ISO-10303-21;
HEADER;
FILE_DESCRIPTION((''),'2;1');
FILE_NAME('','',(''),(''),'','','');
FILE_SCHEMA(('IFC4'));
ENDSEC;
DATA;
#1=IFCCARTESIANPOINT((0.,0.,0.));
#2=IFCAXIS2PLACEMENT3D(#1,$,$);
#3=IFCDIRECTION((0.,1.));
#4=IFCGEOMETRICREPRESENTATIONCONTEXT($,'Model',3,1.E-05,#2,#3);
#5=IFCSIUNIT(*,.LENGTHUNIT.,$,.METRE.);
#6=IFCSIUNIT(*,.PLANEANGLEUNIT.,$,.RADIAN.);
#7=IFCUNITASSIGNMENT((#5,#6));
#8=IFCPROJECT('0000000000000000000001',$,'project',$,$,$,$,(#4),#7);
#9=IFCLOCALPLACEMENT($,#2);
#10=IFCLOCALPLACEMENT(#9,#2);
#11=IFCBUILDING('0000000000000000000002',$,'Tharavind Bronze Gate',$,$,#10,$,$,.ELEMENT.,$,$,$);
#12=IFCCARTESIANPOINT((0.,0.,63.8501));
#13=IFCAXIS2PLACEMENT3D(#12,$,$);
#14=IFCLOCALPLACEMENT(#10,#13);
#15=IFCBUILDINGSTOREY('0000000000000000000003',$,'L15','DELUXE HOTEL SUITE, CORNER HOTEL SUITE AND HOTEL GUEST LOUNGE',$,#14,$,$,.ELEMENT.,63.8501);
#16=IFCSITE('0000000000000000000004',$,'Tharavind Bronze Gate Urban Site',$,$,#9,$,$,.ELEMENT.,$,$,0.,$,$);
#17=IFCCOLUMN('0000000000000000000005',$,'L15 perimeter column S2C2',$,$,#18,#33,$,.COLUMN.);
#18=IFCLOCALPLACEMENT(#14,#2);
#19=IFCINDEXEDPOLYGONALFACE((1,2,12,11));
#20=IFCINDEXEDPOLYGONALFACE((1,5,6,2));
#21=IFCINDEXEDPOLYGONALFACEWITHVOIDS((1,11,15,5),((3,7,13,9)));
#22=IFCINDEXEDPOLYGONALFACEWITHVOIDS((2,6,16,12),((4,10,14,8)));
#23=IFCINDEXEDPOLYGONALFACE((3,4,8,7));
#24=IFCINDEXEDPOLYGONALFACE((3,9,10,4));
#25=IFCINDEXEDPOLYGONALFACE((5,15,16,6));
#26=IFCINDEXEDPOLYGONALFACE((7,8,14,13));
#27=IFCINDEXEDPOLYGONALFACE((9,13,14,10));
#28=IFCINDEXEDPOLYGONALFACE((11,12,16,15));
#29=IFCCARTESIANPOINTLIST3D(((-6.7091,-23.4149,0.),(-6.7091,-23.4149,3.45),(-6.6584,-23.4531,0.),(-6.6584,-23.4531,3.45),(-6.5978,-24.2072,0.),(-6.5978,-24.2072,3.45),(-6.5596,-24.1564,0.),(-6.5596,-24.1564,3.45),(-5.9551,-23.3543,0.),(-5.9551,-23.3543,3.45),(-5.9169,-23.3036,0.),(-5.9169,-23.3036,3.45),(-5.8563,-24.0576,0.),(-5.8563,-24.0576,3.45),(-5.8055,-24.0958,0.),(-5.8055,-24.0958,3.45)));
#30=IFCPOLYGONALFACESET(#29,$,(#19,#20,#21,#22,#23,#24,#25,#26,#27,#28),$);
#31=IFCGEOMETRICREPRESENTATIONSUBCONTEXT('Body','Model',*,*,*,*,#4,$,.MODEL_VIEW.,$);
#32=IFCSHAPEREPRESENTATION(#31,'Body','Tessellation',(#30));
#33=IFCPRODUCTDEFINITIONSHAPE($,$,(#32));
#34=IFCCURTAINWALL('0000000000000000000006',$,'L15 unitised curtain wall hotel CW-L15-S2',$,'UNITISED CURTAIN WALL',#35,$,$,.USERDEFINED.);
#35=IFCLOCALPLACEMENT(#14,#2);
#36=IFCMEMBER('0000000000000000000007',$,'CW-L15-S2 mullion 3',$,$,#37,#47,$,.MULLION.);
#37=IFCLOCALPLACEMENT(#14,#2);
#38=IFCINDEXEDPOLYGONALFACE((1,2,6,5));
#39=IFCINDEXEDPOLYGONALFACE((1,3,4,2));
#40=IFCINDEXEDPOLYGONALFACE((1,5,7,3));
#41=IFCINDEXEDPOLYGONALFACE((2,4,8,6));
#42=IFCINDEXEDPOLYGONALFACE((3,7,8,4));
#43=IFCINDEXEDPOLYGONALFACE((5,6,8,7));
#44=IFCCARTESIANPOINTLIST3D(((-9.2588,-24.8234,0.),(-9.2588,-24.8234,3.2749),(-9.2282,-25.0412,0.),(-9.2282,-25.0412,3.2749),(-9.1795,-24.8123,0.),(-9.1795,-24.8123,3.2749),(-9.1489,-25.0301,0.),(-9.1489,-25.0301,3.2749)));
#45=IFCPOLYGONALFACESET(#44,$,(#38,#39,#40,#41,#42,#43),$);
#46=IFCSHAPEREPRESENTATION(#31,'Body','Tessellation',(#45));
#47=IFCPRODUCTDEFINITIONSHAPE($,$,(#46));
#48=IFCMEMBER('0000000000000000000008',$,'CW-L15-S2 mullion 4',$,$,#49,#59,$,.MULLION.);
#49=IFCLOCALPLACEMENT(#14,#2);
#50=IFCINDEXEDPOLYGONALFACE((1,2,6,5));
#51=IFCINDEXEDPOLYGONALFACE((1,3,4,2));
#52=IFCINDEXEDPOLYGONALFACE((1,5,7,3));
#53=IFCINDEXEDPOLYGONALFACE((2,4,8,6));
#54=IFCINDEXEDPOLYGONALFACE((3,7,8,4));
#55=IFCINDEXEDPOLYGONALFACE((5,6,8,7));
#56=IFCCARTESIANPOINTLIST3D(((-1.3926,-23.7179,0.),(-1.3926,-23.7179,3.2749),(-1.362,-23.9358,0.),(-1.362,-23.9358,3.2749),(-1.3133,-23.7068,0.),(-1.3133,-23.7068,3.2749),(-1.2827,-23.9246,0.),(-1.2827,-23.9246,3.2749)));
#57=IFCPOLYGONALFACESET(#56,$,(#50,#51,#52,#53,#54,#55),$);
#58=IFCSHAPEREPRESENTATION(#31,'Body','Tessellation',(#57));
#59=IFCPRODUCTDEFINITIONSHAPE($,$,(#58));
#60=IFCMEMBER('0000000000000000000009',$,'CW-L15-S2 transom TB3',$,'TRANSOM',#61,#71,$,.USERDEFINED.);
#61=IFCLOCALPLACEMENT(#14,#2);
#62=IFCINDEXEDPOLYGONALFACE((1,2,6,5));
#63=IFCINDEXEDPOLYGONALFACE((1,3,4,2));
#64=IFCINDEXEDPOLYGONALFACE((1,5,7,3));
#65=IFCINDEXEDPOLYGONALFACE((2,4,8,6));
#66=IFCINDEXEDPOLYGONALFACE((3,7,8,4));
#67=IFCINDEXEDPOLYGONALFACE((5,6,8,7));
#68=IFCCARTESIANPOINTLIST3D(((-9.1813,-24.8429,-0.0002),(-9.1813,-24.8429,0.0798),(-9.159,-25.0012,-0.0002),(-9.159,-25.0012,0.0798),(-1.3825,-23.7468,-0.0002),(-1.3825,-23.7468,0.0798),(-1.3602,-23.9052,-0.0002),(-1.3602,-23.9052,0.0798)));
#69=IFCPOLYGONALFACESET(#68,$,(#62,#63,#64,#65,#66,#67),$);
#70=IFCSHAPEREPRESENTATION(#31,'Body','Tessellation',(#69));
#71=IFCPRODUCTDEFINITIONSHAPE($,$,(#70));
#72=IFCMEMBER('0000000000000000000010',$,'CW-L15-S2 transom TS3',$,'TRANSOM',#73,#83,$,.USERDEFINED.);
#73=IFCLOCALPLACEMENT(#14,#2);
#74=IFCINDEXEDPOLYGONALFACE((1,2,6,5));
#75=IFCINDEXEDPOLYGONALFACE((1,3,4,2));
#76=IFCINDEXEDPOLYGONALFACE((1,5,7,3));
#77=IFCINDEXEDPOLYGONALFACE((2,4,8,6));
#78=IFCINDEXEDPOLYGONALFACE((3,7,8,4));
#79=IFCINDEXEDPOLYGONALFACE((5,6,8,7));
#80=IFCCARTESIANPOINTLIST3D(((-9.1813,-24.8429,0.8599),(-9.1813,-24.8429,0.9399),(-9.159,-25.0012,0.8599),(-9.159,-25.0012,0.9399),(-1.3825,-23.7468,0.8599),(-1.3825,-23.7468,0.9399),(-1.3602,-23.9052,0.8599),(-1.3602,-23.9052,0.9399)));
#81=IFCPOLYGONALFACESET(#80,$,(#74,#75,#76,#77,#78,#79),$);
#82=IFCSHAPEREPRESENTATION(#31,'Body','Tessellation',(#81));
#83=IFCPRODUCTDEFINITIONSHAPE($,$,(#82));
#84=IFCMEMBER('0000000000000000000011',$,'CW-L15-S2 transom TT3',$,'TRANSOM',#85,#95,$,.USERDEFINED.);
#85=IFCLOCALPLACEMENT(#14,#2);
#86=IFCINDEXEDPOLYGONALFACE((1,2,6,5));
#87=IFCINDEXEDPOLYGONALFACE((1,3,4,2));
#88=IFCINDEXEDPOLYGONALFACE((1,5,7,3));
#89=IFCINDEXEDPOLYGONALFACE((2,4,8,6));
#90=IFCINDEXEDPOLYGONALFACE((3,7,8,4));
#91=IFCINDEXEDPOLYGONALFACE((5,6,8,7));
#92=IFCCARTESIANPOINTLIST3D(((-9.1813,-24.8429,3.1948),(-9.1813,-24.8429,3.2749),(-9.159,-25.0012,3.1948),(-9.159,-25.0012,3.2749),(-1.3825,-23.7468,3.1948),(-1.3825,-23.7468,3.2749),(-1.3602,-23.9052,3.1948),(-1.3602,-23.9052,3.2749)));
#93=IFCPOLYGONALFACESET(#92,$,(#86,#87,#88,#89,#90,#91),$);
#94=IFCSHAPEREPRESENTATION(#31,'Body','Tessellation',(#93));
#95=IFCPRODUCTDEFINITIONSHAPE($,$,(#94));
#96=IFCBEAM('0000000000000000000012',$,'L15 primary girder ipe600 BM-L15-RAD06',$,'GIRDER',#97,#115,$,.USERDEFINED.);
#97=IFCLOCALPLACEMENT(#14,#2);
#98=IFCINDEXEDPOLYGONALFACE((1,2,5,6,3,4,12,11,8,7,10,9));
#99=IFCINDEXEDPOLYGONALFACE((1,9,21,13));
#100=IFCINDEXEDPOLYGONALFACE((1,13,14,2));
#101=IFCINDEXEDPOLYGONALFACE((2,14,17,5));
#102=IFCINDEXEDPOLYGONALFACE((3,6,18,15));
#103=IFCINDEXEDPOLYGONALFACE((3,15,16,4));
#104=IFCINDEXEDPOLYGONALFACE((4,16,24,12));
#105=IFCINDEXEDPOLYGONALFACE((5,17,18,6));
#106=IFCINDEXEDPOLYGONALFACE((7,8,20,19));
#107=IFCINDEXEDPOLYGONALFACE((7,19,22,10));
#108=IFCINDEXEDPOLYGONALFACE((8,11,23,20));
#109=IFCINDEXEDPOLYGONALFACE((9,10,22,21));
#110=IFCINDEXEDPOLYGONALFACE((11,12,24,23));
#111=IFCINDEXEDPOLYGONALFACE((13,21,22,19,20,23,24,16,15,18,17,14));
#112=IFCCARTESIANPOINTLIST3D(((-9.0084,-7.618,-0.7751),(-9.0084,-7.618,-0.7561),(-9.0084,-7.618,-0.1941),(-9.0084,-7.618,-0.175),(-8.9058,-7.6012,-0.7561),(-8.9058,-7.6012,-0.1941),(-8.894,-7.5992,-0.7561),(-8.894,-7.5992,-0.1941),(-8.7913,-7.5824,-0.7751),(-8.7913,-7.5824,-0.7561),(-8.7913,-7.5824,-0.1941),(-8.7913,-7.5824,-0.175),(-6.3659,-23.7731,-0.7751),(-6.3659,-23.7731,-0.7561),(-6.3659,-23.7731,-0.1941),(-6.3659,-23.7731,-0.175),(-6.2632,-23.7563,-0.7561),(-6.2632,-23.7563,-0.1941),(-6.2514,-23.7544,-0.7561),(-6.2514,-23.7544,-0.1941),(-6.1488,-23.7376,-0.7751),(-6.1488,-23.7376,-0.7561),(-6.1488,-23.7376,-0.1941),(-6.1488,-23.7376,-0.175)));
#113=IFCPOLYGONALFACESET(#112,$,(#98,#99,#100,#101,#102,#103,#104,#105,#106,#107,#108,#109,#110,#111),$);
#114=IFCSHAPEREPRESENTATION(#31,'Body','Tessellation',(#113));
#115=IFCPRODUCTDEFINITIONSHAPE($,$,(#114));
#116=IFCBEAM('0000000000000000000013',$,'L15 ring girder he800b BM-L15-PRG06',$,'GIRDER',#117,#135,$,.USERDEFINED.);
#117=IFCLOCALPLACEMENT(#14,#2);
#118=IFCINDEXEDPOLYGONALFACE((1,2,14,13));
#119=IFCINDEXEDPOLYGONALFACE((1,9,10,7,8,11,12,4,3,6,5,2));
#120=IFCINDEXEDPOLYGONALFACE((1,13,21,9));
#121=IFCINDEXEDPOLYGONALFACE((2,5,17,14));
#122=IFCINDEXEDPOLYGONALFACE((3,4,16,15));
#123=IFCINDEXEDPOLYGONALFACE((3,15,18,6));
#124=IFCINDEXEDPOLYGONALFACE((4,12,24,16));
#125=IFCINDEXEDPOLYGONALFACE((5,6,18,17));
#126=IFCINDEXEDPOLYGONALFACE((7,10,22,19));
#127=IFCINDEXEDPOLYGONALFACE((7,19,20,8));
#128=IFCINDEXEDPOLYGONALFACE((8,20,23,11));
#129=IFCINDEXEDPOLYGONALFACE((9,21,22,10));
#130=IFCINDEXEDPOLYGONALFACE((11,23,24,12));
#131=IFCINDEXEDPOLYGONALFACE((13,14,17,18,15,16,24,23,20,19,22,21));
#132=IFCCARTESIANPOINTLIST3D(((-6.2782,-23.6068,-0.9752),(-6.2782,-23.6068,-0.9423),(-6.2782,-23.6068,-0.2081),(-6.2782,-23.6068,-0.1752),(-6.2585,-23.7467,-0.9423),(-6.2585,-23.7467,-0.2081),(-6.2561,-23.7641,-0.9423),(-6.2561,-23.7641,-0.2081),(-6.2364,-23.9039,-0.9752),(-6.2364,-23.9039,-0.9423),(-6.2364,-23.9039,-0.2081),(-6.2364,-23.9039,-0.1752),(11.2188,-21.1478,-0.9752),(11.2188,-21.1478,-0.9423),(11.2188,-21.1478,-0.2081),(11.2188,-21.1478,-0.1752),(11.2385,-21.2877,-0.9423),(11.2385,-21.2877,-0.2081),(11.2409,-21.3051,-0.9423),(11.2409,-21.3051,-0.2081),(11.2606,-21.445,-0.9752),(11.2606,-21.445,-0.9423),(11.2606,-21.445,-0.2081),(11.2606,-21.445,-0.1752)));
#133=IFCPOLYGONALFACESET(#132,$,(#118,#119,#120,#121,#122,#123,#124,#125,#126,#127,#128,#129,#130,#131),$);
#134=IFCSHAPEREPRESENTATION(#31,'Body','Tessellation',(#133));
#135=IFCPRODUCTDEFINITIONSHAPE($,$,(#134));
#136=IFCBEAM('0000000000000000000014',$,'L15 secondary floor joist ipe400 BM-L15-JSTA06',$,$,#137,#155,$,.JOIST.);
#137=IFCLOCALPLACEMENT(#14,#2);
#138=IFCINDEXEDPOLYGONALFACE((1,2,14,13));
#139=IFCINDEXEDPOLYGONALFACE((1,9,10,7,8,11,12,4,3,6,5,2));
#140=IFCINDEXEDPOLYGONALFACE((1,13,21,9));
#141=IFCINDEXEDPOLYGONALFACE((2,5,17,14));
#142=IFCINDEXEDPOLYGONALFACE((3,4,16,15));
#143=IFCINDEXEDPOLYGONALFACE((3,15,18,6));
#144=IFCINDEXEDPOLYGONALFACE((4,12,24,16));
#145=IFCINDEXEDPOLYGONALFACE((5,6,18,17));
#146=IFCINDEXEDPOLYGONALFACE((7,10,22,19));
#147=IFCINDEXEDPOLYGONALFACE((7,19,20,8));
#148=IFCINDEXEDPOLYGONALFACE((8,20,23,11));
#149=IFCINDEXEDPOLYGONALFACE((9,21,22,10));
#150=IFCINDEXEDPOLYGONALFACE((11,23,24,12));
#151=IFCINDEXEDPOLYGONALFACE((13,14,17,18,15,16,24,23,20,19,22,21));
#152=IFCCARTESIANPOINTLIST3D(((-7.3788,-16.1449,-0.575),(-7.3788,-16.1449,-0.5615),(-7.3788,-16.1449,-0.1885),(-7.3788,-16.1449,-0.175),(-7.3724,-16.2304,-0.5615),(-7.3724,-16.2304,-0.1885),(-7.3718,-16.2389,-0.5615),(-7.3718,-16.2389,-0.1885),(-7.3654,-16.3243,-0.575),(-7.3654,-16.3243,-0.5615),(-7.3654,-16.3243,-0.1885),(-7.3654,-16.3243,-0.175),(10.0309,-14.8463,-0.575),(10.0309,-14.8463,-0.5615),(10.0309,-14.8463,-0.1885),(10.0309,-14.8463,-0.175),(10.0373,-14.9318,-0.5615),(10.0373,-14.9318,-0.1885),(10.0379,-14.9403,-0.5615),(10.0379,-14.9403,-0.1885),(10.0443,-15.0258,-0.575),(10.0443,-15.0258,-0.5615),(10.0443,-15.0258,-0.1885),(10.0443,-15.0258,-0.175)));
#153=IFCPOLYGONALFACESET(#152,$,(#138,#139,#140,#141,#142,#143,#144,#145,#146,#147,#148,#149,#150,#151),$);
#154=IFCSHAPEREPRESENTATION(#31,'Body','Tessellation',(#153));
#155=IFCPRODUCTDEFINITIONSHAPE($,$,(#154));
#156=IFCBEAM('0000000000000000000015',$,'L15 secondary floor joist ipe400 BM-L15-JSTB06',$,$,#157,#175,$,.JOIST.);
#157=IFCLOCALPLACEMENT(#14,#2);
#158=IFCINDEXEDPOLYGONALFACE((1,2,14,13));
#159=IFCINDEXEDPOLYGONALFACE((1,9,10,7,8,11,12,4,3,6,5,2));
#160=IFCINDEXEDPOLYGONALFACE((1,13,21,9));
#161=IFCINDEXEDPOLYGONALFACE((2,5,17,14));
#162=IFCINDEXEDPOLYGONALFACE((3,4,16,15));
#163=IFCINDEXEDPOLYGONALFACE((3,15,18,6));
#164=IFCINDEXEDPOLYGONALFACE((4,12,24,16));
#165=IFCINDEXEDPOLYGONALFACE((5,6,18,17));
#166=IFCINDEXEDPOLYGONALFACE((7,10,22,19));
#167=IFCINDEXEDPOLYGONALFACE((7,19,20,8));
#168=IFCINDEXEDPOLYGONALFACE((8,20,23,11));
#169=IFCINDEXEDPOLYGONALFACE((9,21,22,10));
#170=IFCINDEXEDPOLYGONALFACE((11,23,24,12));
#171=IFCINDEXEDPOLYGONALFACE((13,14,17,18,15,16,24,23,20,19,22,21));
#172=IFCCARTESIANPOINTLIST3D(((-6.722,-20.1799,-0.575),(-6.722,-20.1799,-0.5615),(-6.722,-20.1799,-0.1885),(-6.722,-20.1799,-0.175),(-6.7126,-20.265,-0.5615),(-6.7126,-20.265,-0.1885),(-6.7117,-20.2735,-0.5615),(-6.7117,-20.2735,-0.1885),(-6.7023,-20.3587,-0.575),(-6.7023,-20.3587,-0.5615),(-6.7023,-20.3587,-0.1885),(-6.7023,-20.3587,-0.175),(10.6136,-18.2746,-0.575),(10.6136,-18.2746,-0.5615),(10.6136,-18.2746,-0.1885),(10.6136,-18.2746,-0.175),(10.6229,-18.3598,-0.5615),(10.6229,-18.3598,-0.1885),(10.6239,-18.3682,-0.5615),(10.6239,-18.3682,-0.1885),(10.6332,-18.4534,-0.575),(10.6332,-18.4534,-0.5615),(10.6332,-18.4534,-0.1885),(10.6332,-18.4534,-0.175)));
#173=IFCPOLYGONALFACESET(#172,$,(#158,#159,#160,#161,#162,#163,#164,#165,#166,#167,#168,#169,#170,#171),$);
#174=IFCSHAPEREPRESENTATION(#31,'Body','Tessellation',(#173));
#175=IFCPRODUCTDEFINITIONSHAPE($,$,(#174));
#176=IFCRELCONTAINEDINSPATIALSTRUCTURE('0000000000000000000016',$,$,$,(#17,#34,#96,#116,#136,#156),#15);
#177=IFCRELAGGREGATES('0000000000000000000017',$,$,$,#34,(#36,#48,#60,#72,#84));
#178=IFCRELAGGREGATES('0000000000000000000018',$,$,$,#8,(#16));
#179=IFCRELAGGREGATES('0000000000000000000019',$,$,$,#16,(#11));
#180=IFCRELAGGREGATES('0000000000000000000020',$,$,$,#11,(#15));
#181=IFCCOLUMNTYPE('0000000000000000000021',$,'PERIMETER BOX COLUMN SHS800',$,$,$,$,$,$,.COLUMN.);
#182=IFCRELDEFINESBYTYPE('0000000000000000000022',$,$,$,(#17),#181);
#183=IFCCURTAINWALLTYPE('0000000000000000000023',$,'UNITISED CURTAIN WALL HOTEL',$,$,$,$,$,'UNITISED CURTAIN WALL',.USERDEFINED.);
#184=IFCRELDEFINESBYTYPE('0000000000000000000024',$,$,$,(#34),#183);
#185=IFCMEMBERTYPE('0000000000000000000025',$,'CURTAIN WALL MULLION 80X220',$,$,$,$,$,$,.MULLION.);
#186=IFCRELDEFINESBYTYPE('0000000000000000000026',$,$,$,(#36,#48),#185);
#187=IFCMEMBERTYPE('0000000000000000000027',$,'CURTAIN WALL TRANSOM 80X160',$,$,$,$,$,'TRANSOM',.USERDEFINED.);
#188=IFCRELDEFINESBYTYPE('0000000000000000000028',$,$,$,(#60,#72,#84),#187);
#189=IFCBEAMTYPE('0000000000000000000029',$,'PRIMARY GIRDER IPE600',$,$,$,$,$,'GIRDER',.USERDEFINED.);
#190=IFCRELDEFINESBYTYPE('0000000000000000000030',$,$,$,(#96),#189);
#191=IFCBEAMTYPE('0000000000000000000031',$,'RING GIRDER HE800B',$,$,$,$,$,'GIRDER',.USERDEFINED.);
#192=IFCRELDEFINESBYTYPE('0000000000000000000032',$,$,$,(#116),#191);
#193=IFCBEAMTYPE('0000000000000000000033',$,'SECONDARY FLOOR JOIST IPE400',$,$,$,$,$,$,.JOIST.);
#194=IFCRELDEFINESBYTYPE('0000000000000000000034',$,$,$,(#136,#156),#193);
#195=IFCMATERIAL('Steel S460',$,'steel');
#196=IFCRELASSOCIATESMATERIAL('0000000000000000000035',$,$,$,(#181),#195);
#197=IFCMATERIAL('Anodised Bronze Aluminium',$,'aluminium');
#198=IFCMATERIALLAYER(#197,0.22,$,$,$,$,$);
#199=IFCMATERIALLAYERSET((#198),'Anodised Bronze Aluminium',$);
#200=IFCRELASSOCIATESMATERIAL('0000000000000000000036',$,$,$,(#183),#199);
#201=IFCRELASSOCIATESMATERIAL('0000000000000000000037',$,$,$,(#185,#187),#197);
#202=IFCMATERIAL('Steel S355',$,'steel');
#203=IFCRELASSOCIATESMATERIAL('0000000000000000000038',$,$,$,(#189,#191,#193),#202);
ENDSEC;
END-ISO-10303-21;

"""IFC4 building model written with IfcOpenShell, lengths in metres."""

from ifc_helpers import new_model, si_unit, direction, frame, origin, origin_2d, place, context, subcontext, project, spatial, rectangle, hollow_rectangle, i_section, extrude, material, layer, layer_set, material_profile, profile_set, type_object, element, aggregate, save


model = new_model("IFC4")

# Units and contexts
model_context = context("Model", 3, precision=1e-05, world=origin(), true_north=direction((0.0, 1.0)))
body_context = subcontext(model_context, "Body", "Model", "MODEL_VIEW")
ifc_project = project(units=[si_unit("LENGTHUNIT", "METRE"), si_unit("PLANEANGLEUNIT", "RADIAN")], contexts=[model_context])

# Site, building, storey
site_placement = place(None, origin())
site = spatial("IfcSite", under=ifc_project, at=site_placement, Name="Tharavind Bronze Gate Urban Site", CompositionType="ELEMENT", RefElevation=0.0)
building_placement = place(site_placement, origin())
building = spatial("IfcBuilding", under=site, at=building_placement, Name="Tharavind Bronze Gate", CompositionType="ELEMENT")
storey_placement = place(building_placement, frame((0.0, 0.0, 63.8501)))
storey = spatial("IfcBuildingStorey", under=building, at=storey_placement, Name="L15", Description="DELUXE HOTEL SUITE, CORNER HOTEL SUITE AND HOTEL GUEST LOUNGE", CompositionType="ELEMENT", Elevation=63.8501)

# Column
ifc_material_1 = material(Name="Steel S460", Category="steel")
ifc_material_profile_1 = material_profile(ifc_material_1, hollow_rectangle(XDim=0.8, YDim=0.8, WallThickness=0.0449, at=origin_2d()), Name="SHS800X45")
ifc_profile_set_1 = profile_set([ifc_material_profile_1], Name="Steel S460")
column_type = type_object("IfcColumnType", Name="PERIMETER BOX COLUMN SHS800", PredefinedType="COLUMN", material=ifc_profile_set_1)
column_placement = place(storey_placement, frame((-6.2573, -23.7554, 0.0), z_axis=(0.0, 0.0, 1.0), x_axis=(0.990268, 0.139173, 0.0)))
element("IfcColumn", 1, at=column_placement, inside=storey, type_object=column_type, Name="L15 perimeter column S2C2", PredefinedType="COLUMN", context=body_context, shape_type="SweptSolid", body=[
    extrude(hollow_rectangle(XDim=0.8, YDim=0.8, WallThickness=0.0449, at=origin_2d()), origin(), (0.0, 0.0, 1.0), 3.45),
])

# Curtain wall, members
ifc_material_2 = material(Name="Anodised Bronze Aluminium", Category="aluminium")
ifc_layer_1 = layer(ifc_material_2, 0.22)
ifc_layer_set_1 = layer_set([ifc_layer_1], Name="Anodised Bronze Aluminium")
curtain_wall_type = type_object("IfcCurtainWallType", Name="UNITISED CURTAIN WALL HOTEL", ElementType="UNITISED CURTAIN WALL", PredefinedType="USERDEFINED", material=ifc_layer_set_1)
curtain_wall_placement = place(storey_placement, origin())
curtain_wall = element("IfcCurtainWall", 2, at=curtain_wall_placement, inside=storey, type_object=curtain_wall_type, Name="L15 unitised curtain wall hotel CW-L15-S2", ObjectType="UNITISED CURTAIN WALL", PredefinedType="USERDEFINED")
member_type_1 = type_object("IfcMemberType", Name="CURTAIN WALL MULLION 80X220", PredefinedType="MULLION", material=ifc_material_2)
member_1_placement = place(storey_placement, frame((-9.2039, -24.9268, 0.0), z_axis=(0.0, 0.0, 1.0), x_axis=(0.990268, 0.139173, 0.0)))
member_1 = element("IfcMember", 3, at=member_1_placement, type_object=member_type_1, Name="CW-L15-S2 mullion 3", PredefinedType="MULLION", context=body_context, shape_type="SweptSolid", body=[
    extrude(rectangle(XDim=0.0801, YDim=0.22, at=origin_2d()), origin(), (0.0, 0.0, 1.0), 3.2749),
])
member_2_placement = place(storey_placement, frame((-1.3376, -23.8213, 0.0), z_axis=(0.0, 0.0, 1.0), x_axis=(0.990268, 0.139173, 0.0)))
member_2 = element("IfcMember", 4, at=member_2_placement, type_object=member_type_1, Name="CW-L15-S2 mullion 4", PredefinedType="MULLION", context=body_context, shape_type="SweptSolid", body=[
    extrude(rectangle(XDim=0.0801, YDim=0.22, at=origin_2d()), origin(), (0.0, 0.0, 1.0), 3.2749),
])
member_type_2 = type_object("IfcMemberType", Name="CURTAIN WALL TRANSOM 80X160", ElementType="TRANSOM", PredefinedType="USERDEFINED", material=ifc_material_2)
member_3_placement = place(storey_placement, frame((-5.2708, -24.374, -0.0002), z_axis=(0.0, 0.0, 1.0), x_axis=(0.990268, 0.139173, 0.0)))
member_3 = element("IfcMember", 5, at=member_3_placement, type_object=member_type_2, Name="CW-L15-S2 transom TB3", ObjectType="TRANSOM", PredefinedType="USERDEFINED", context=body_context, shape_type="SweptSolid", body=[
    extrude(rectangle(XDim=7.8755, YDim=0.1599, at=origin_2d()), origin(), (0.0, 0.0, 1.0), 0.0801),
])
member_4_placement = place(storey_placement, frame((-5.2708, -24.374, 0.8599), z_axis=(0.0, 0.0, 1.0), x_axis=(0.990268, 0.139173, 0.0)))
member_4 = element("IfcMember", 6, at=member_4_placement, type_object=member_type_2, Name="CW-L15-S2 transom TS3", ObjectType="TRANSOM", PredefinedType="USERDEFINED", context=body_context, shape_type="SweptSolid", body=[
    extrude(rectangle(XDim=7.8755, YDim=0.1599, at=origin_2d()), origin(), (0.0, 0.0, 1.0), 0.0801),
])
member_5_placement = place(storey_placement, frame((-5.2708, -24.374, 3.1948), z_axis=(0.0, 0.0, 1.0), x_axis=(0.990268, 0.139173, 0.0)))
member_5 = element("IfcMember", 7, at=member_5_placement, type_object=member_type_2, Name="CW-L15-S2 transom TT3", ObjectType="TRANSOM", PredefinedType="USERDEFINED", context=body_context, shape_type="SweptSolid", body=[
    extrude(rectangle(XDim=7.8755, YDim=0.1599, at=origin_2d()), origin(), (0.0, 0.0, 1.0), 0.0801),
])

# Beams
ifc_material_3 = material(Name="Steel S355", Category="steel")
ifc_material_profile_2 = material_profile(ifc_material_3, i_section(OverallWidth=0.22, OverallDepth=0.6001, WebThickness=0.012, FlangeThickness=0.019, at=origin_2d()), Name="IPE600")
ifc_profile_set_2 = profile_set([ifc_material_profile_2], Name="Steel S355")
beam_type_1 = type_object("IfcBeamType", Name="PRIMARY GIRDER IPE600", ElementType="GIRDER", PredefinedType="USERDEFINED", material=ifc_profile_set_2)
beam_1_placement = place(storey_placement, frame((-6.2573, -23.7554, -0.4751), z_axis=(-0.161428, 0.986884, 0.0), x_axis=(-0.986884, -0.161428, 0.0)))
element("IfcBeam", 8, at=beam_1_placement, inside=storey, type_object=beam_type_1, Name="L15 primary girder ipe600 BM-L15-RAD06", ObjectType="GIRDER", PredefinedType="USERDEFINED", context=body_context, shape_type="SweptSolid", body=[
    extrude(i_section(OverallWidth=0.22, OverallDepth=0.6001, WebThickness=0.012, FlangeThickness=0.019, at=origin_2d()), origin(), (0.0, 0.0, 1.0), 16.3699),
])
ifc_material_profile_3 = material_profile(ifc_material_3, i_section(OverallWidth=0.3, OverallDepth=0.8, WebThickness=0.0176, FlangeThickness=0.033, at=origin_2d()), Name="HE800B")
ifc_profile_set_3 = profile_set([ifc_material_profile_3], Name="Steel S355")
beam_type_2 = type_object("IfcBeamType", Name="RING GIRDER HE800B", ElementType="GIRDER", PredefinedType="USERDEFINED", material=ifc_profile_set_3)
beam_2_placement = place(storey_placement, frame((-6.2573, -23.7554, -0.5752), z_axis=(0.990269, 0.139169, 0.0), x_axis=(-0.139169, 0.990269, 0.0)))
element("IfcBeam", 9, at=beam_2_placement, inside=storey, type_object=beam_type_2, Name="L15 ring girder he800b BM-L15-PRG06", ObjectType="GIRDER", PredefinedType="USERDEFINED", context=body_context, shape_type="SweptSolid", body=[
    extrude(i_section(OverallWidth=0.3, OverallDepth=0.8, WebThickness=0.0176, FlangeThickness=0.033, at=origin_2d()), origin(), (0.0, 0.0, 1.0), 17.6689),
])
ifc_material_profile_4 = material_profile(ifc_material_3, i_section(OverallWidth=0.1799, OverallDepth=0.3999, WebThickness=0.0085, FlangeThickness=0.0134, at=origin_2d()), Name="IPE400")
ifc_profile_set_4 = profile_set([ifc_material_profile_4], Name="Steel S355")
beam_type_3 = type_object("IfcBeamType", Name="SECONDARY FLOOR JOIST IPE400", PredefinedType="JOIST", material=ifc_profile_set_4)
beam_3_placement = place(storey_placement, frame((-7.3721, -16.2346, -0.375), z_axis=(0.99723, 0.074383, 0.0), x_axis=(-0.074383, 0.99723, 0.0)))
element("IfcBeam", 10, at=beam_3_placement, inside=storey, type_object=beam_type_3, Name="L15 secondary floor joist ipe400 BM-L15-JSTA06", PredefinedType="JOIST", context=body_context, shape_type="SweptSolid", body=[
    extrude(i_section(OverallWidth=0.1799, OverallDepth=0.3999, WebThickness=0.0085, FlangeThickness=0.0134, at=origin_2d()), origin(), (0.0, 0.0, 1.0), 17.458),
])
beam_4_placement = place(storey_placement, frame((-6.7122, -20.2693, -0.375), z_axis=(0.994014, 0.109248, 0.0), x_axis=(-0.109248, 0.994014, 0.0)))
element("IfcBeam", 11, at=beam_4_placement, inside=storey, type_object=beam_type_3, Name="L15 secondary floor joist ipe400 BM-L15-JSTB06", PredefinedType="JOIST", context=body_context, shape_type="SweptSolid", body=[
    extrude(i_section(OverallWidth=0.1799, OverallDepth=0.3999, WebThickness=0.0085, FlangeThickness=0.0134, at=origin_2d()), origin(), (0.0, 0.0, 1.0), 17.4399),
])

aggregate(curtain_wall, [member_1, member_2, member_3, member_4, member_5])

save(model, "model.ifc")
